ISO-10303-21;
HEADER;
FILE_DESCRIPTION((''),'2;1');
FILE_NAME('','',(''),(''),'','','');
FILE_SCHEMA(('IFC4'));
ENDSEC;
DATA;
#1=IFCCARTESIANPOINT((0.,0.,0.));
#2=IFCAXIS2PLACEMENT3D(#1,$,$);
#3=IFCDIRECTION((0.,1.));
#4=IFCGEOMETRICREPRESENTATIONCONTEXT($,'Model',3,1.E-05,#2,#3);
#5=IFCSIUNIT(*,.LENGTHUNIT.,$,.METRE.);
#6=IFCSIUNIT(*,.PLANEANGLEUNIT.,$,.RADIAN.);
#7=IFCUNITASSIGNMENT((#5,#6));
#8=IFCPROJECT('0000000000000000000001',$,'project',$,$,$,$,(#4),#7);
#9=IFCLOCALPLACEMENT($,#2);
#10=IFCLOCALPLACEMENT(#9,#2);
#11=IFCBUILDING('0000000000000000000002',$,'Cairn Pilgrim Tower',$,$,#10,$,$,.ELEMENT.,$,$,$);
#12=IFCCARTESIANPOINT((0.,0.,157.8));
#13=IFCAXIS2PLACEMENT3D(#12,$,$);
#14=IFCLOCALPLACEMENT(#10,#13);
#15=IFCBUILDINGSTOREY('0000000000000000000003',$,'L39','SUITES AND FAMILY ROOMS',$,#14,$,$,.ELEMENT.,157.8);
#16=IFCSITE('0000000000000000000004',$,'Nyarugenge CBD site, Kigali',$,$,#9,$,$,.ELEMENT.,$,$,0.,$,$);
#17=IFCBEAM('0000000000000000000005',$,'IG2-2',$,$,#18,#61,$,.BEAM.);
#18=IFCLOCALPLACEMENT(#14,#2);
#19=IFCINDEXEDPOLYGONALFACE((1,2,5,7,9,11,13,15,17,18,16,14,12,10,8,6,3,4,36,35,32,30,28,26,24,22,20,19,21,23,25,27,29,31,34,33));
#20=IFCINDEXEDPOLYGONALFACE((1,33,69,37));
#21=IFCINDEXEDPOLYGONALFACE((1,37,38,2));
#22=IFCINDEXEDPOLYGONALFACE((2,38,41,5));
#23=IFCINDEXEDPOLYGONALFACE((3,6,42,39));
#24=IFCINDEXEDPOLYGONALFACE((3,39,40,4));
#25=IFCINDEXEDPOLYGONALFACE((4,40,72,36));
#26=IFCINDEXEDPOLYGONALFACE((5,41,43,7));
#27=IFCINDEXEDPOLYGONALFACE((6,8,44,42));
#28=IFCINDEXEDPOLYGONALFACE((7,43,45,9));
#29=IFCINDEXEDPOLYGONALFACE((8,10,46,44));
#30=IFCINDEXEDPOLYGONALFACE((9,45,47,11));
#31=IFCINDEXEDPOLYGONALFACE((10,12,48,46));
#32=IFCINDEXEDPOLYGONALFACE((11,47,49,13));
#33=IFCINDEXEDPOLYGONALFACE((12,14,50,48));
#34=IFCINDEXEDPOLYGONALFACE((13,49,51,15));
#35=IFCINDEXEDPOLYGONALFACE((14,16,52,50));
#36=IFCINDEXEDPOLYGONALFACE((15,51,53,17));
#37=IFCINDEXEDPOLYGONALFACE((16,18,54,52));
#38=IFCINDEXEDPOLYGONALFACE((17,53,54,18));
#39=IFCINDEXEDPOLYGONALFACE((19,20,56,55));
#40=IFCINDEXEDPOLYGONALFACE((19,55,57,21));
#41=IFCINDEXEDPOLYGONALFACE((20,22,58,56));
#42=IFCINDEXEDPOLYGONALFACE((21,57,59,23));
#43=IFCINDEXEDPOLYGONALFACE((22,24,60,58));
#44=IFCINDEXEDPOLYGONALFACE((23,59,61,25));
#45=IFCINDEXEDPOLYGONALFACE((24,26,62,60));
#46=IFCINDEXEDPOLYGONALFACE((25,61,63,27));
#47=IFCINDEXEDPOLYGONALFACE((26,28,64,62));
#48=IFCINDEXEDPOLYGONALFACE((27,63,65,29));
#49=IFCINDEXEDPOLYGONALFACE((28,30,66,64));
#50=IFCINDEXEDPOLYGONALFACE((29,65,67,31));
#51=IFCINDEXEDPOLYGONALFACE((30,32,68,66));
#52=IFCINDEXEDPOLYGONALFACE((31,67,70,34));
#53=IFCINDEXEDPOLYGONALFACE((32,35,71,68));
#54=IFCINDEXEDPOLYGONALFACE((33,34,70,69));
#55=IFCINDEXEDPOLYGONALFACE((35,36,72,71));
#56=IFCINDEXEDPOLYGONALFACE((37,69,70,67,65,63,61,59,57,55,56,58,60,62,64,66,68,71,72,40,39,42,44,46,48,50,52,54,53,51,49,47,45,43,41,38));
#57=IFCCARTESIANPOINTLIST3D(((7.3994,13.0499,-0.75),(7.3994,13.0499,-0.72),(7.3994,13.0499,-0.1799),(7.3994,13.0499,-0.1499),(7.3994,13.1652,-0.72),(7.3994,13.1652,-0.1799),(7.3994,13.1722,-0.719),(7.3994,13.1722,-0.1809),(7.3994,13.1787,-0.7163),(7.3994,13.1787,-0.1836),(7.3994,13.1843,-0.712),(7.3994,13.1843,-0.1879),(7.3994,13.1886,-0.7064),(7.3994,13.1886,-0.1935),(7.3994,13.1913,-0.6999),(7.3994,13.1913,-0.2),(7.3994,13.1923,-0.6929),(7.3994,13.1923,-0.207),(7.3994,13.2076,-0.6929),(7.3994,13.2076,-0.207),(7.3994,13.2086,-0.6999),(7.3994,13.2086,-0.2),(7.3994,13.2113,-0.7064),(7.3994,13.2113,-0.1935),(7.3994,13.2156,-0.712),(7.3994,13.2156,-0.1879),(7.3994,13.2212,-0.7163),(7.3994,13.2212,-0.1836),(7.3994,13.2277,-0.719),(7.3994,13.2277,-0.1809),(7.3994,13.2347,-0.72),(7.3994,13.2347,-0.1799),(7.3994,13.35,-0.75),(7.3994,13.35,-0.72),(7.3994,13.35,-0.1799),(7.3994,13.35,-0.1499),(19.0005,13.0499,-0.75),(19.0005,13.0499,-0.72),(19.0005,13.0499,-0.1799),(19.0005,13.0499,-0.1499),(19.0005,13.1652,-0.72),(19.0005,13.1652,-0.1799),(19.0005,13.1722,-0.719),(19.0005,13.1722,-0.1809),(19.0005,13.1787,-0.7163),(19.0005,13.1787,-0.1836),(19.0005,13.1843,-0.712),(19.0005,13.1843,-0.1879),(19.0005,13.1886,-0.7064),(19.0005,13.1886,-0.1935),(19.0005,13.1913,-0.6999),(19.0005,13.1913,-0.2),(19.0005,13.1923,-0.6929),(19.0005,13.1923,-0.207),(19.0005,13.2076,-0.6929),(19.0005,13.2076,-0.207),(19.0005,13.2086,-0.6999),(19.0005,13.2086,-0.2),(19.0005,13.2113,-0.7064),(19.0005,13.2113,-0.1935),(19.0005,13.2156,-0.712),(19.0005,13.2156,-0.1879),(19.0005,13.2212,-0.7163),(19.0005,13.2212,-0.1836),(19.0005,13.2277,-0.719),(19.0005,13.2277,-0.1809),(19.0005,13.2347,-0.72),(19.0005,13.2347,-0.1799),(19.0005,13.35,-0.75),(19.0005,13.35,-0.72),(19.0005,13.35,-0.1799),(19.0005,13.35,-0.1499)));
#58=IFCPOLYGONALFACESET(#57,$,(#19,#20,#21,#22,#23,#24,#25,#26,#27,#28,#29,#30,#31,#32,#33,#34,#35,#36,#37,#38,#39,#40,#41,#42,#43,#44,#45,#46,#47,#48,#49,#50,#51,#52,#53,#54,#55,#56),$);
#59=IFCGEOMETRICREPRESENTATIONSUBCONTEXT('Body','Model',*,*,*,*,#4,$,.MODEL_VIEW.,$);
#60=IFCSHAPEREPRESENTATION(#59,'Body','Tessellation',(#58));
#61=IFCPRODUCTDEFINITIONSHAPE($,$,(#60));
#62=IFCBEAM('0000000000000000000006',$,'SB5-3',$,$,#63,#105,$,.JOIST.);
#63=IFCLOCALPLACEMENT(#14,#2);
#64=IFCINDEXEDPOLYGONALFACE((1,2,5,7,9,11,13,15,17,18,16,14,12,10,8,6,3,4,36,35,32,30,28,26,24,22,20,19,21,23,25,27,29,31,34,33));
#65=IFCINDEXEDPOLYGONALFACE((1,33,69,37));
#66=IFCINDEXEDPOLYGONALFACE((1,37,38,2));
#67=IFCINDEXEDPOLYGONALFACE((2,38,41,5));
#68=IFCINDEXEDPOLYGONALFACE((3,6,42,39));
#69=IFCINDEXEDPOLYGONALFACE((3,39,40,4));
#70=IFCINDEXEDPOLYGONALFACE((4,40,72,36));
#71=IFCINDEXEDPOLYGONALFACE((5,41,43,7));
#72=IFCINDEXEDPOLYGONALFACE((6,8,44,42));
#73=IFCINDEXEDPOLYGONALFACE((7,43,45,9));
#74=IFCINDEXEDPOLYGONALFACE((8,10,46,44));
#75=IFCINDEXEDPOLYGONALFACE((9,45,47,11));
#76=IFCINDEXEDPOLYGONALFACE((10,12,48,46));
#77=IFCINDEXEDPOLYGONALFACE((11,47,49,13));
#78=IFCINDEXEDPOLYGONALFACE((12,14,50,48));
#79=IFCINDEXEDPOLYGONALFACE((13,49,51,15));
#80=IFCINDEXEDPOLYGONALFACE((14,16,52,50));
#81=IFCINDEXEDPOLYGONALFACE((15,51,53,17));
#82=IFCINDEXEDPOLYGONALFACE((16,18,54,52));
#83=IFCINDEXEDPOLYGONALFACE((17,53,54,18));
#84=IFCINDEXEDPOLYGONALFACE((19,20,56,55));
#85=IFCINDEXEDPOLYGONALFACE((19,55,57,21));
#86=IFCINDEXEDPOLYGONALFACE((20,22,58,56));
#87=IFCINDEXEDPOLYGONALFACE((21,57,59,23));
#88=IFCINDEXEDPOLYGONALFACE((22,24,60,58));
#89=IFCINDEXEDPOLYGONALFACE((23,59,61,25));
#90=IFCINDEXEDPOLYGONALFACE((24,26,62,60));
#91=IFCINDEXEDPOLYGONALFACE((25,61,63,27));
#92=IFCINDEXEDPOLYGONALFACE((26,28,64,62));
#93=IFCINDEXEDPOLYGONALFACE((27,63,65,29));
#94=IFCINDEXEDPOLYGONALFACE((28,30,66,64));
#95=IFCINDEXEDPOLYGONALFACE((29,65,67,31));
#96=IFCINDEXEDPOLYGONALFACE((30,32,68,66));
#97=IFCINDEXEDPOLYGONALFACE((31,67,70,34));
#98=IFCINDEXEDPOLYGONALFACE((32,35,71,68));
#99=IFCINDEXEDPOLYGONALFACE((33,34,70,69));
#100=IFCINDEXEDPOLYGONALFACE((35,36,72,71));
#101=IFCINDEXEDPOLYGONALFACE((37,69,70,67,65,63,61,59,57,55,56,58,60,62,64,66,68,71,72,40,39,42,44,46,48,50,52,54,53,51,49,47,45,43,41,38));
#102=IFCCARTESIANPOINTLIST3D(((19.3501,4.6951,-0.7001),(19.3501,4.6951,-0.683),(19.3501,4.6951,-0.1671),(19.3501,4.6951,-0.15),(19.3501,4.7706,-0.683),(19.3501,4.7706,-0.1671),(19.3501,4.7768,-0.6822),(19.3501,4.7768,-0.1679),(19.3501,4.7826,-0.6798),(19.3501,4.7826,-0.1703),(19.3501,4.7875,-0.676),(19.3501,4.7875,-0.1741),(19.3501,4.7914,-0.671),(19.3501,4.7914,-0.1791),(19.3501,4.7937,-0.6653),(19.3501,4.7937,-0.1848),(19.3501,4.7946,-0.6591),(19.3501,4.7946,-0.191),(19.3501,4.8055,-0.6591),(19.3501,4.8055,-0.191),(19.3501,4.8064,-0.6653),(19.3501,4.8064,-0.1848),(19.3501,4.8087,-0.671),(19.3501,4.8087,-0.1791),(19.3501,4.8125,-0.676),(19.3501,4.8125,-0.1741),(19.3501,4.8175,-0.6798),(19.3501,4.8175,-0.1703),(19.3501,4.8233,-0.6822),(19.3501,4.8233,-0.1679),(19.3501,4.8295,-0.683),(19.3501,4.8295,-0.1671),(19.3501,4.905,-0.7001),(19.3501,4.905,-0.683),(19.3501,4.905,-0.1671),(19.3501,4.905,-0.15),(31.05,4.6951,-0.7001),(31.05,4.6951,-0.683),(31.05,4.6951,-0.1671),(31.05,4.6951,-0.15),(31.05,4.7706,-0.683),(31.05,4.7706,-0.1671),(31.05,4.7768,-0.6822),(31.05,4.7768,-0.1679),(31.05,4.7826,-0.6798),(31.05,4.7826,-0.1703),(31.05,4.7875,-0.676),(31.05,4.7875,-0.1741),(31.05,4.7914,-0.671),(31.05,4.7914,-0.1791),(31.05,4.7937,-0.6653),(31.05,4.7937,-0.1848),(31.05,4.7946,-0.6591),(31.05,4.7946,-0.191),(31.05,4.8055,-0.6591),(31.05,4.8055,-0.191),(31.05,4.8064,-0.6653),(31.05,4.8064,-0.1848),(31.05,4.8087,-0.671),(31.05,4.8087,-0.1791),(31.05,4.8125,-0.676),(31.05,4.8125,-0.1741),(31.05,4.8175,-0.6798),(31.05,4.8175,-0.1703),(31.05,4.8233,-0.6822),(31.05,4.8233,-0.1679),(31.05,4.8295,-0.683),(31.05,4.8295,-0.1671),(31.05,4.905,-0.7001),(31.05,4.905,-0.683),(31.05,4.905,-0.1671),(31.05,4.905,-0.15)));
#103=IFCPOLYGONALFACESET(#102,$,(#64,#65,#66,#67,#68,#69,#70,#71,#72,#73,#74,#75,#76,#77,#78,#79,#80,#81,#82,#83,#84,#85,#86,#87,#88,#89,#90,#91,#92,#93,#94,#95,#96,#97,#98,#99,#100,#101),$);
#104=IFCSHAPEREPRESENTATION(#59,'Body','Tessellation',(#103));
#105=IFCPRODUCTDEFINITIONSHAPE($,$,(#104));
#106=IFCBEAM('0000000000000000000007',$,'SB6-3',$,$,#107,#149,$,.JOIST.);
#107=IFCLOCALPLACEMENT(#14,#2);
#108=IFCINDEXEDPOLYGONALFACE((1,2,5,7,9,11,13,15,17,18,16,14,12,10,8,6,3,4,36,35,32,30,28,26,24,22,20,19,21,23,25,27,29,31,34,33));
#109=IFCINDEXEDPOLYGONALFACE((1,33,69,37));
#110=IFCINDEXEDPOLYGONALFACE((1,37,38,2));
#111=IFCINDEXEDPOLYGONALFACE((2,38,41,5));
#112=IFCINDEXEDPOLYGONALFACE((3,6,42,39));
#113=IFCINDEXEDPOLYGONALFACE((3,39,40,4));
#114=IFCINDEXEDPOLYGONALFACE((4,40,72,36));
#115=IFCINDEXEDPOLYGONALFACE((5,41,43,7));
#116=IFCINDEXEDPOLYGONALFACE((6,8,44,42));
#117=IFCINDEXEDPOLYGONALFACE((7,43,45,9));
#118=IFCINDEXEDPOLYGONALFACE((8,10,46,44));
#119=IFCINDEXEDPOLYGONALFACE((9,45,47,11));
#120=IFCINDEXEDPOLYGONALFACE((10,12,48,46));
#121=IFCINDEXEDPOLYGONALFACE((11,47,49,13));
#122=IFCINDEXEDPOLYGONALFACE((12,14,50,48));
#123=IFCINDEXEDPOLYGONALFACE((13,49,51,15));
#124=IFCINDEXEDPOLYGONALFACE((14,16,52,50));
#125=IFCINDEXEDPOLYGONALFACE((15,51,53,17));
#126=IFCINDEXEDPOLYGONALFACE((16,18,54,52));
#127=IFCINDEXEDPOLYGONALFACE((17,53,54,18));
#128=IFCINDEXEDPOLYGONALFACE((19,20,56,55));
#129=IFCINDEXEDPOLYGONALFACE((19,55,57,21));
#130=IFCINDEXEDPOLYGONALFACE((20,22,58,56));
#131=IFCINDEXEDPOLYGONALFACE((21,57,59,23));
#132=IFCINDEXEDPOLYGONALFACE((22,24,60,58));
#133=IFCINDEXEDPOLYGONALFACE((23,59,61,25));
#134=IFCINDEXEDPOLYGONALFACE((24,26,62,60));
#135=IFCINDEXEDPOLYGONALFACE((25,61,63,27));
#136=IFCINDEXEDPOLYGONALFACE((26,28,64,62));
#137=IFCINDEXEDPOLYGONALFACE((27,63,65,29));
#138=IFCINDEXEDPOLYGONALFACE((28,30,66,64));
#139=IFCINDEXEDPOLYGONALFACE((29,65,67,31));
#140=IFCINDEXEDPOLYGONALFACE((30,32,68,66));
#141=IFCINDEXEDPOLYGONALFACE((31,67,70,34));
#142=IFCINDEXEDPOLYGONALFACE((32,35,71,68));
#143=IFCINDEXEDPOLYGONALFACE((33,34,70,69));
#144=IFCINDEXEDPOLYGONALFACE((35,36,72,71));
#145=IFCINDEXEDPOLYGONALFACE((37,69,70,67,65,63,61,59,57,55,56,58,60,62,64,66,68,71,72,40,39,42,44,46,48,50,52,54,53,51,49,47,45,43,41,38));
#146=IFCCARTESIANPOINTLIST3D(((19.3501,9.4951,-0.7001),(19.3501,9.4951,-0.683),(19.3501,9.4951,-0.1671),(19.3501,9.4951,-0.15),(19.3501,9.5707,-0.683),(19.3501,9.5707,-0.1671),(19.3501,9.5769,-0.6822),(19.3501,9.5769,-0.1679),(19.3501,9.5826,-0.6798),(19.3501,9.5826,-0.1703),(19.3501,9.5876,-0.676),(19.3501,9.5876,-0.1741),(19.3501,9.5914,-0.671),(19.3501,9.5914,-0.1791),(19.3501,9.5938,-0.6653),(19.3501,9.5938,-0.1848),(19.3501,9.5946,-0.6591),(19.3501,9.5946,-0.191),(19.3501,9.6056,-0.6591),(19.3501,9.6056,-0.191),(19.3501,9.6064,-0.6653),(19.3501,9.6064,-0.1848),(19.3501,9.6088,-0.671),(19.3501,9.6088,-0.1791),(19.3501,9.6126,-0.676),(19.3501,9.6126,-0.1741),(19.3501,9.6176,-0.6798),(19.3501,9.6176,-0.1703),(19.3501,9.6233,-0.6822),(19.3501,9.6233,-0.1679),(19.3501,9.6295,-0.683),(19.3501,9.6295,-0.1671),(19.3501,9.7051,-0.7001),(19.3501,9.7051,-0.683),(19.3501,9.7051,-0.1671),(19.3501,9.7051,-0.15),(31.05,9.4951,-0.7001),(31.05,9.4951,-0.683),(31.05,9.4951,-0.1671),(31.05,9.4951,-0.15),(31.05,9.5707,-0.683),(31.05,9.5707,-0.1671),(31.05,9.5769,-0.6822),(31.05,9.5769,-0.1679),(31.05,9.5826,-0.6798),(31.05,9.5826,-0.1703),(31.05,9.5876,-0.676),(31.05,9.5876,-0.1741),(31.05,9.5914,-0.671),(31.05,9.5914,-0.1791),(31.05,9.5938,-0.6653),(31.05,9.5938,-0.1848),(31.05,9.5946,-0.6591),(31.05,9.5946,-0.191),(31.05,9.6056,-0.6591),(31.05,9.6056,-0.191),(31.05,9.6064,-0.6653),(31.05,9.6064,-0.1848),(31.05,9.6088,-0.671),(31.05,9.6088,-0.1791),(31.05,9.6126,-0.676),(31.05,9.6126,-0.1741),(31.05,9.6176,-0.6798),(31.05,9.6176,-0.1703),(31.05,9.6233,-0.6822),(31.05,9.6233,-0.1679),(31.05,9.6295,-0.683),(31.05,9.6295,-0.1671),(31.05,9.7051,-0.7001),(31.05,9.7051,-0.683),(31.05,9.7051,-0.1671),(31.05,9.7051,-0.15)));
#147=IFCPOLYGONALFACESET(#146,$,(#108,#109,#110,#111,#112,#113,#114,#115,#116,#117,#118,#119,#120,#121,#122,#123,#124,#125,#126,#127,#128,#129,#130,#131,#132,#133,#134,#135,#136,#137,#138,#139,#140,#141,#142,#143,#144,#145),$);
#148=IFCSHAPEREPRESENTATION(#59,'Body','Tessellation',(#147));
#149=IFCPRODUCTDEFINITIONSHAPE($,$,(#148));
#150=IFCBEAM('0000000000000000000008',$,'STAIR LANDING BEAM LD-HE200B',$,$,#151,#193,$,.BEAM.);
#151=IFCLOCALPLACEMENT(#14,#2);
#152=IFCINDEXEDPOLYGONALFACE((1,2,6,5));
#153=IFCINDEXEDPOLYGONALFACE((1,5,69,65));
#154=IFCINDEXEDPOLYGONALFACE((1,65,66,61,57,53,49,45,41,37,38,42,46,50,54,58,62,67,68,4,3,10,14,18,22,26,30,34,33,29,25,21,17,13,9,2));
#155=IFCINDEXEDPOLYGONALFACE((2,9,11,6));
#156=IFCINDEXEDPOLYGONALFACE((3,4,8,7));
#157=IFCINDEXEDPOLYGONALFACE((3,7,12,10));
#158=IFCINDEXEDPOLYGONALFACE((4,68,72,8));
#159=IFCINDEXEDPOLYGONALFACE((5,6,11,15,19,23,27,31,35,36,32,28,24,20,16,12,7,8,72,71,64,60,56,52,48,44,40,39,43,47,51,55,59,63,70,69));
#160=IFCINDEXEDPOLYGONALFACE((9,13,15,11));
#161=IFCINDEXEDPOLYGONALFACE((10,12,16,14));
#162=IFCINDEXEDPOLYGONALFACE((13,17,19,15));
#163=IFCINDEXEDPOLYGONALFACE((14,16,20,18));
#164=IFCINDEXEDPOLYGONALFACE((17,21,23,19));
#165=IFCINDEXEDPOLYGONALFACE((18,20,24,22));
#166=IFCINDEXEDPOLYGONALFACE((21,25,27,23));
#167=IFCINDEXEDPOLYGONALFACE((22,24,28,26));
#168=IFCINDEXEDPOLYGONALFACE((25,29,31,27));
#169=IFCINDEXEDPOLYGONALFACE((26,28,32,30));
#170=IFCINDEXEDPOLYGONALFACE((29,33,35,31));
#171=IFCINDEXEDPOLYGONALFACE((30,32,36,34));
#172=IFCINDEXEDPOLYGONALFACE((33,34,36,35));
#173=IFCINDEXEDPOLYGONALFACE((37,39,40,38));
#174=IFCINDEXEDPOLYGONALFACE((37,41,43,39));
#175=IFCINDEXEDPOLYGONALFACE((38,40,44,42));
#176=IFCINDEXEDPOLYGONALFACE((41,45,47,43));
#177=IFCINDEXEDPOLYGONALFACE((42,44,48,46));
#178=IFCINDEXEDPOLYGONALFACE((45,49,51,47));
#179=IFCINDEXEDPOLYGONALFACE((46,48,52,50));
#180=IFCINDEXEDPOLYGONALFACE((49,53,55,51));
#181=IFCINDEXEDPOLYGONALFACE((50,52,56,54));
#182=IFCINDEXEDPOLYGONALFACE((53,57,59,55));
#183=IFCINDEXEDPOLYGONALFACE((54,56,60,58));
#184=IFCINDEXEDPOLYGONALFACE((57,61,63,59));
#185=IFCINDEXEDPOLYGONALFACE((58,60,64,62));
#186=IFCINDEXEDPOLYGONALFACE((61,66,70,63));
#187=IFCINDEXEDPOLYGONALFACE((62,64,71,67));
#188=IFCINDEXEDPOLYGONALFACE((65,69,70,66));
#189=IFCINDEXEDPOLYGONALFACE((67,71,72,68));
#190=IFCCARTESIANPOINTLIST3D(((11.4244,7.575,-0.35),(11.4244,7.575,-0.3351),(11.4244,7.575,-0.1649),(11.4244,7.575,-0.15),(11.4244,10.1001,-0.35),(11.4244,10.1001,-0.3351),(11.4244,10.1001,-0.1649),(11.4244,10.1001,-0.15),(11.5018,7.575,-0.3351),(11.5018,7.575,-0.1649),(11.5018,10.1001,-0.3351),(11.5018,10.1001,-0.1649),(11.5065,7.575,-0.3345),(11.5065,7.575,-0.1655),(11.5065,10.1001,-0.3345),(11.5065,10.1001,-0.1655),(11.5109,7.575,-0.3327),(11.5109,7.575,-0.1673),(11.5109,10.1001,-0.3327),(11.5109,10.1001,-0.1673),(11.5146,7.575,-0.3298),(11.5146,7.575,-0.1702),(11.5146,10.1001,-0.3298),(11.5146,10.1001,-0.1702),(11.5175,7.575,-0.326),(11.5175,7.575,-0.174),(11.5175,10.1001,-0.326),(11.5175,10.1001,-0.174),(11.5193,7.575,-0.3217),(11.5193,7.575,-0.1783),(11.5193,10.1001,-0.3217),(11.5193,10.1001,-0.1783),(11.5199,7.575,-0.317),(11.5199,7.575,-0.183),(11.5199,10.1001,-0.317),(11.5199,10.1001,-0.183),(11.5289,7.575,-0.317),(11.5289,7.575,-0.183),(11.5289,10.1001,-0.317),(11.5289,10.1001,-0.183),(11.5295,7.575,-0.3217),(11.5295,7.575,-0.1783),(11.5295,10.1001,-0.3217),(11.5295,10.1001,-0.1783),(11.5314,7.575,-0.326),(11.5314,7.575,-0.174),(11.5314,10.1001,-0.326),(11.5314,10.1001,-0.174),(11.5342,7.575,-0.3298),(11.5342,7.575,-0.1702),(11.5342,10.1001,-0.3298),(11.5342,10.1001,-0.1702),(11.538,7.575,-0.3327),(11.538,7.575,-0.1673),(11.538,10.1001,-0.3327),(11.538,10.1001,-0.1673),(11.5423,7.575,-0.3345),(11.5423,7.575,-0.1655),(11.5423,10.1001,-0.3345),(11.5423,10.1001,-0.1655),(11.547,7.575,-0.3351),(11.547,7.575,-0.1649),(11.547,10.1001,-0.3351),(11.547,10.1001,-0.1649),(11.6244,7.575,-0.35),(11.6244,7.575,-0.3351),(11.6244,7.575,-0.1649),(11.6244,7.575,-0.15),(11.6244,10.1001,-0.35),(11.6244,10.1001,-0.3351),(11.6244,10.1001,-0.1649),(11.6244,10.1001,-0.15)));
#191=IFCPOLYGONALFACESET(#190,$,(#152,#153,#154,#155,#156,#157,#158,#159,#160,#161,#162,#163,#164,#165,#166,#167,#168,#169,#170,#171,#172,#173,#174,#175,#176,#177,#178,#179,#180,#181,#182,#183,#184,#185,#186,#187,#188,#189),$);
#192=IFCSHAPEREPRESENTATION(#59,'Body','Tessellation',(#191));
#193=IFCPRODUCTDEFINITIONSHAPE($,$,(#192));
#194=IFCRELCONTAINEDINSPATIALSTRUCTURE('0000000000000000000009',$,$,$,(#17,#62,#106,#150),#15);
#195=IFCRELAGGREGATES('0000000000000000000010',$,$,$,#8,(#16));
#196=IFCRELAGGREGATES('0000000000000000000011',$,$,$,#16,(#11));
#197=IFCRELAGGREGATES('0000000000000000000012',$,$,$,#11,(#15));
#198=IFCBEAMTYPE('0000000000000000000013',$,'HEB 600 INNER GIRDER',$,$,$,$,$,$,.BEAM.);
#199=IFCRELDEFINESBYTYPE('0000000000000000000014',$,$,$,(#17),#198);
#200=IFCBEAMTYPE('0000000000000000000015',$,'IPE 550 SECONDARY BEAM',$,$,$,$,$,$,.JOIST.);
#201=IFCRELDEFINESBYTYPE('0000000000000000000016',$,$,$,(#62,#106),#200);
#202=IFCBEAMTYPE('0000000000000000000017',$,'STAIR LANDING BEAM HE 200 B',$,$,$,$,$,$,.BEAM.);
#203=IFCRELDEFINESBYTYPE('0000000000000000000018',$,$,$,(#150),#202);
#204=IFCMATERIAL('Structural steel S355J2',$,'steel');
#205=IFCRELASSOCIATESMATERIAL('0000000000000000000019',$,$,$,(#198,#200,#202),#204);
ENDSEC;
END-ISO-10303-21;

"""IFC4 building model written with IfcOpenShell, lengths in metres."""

from ifc_helpers import new_model, si_unit, direction, frame, origin, origin_2d, place, context, subcontext, project, spatial, i_section, extrude, material, material_profile, profile_set, type_object, element, save


model = new_model("IFC4")

# Units and contexts
model_context = context("Model", 3, precision=1e-05, world=origin(), true_north=direction((0.0, 1.0)))
body_context = subcontext(model_context, "Body", "Model", "MODEL_VIEW")
ifc_project = project(units=[si_unit("LENGTHUNIT", "METRE"), si_unit("PLANEANGLEUNIT", "RADIAN")], contexts=[model_context])

# Site, building, storey
site_placement = place(None, origin())
site = spatial("IfcSite", under=ifc_project, at=site_placement, Name="Nyarugenge CBD site, Kigali", CompositionType="ELEMENT", RefElevation=0.0)
building_placement = place(site_placement, origin())
building = spatial("IfcBuilding", under=site, at=building_placement, Name="Cairn Pilgrim Tower", CompositionType="ELEMENT")
storey_placement = place(building_placement, frame((0.0, 0.0, 157.8)))
storey = spatial("IfcBuildingStorey", under=building, at=storey_placement, Name="L39", Description="SUITES AND FAMILY ROOMS", CompositionType="ELEMENT", Elevation=157.8)

# Shared definitions
ifc_material_1 = material(Name="Structural steel S355J2", Category="steel")

# Beams
ifc_material_profile_1 = material_profile(ifc_material_1, i_section(OverallWidth=0.3, OverallDepth=0.6001, WebThickness=0.0154, FlangeThickness=0.03, FilletRadius=0.0271, at=origin_2d()), Name="HEB 600")
ifc_profile_set_1 = profile_set([ifc_material_profile_1], Name="Structural steel S355J2")
beam_type_1 = type_object("IfcBeamType", Name="HEB 600 INNER GIRDER", PredefinedType="BEAM", material=ifc_profile_set_1)
beam_1_placement = place(storey_placement, frame((7.3994, 13.2, -0.45), z_axis=(1.0, 0.0, 0.0), x_axis=(0.0, 1.0, 0.0)))
element("IfcBeam", 1, at=beam_1_placement, inside=storey, type_object=beam_type_1, Name="IG2-2", PredefinedType="BEAM", context=body_context, shape_type="SweptSolid", body=[
    extrude(i_section(OverallWidth=0.3, OverallDepth=0.6001, WebThickness=0.0154, FlangeThickness=0.03, FilletRadius=0.0271, at=origin_2d()), origin(), (0.0, 0.0, 1.0), 11.6011),
])
ifc_material_profile_2 = material_profile(ifc_material_1, i_section(OverallWidth=0.21, OverallDepth=0.55, WebThickness=0.011, FlangeThickness=0.0171, FilletRadius=0.0239, at=origin_2d()), Name="IPE 550")
ifc_profile_set_2 = profile_set([ifc_material_profile_2], Name="Structural steel S355J2")
beam_type_2 = type_object("IfcBeamType", Name="IPE 550 SECONDARY BEAM", PredefinedType="JOIST", material=ifc_profile_set_2)
for number, where, z_axis, x_axis, name in (
    (2, (19.3501, 4.8, -0.425), (1.0, 0.0, 0.0), (0.0, 1.0, 0.0), "SB5-3"),
    (3, (19.3501, 9.6001, -0.425), (1.0, 0.0, 0.0), (0.0, 1.0, 0.0), "SB6-3"),
):
    element("IfcBeam", number, at=place(storey_placement, frame(where, z_axis=z_axis, x_axis=x_axis)), inside=storey, type_object=beam_type_2, Name=name, PredefinedType="JOIST", context=body_context, shape_type="SweptSolid", body=[
        extrude(i_section(OverallWidth=0.21, OverallDepth=0.55, WebThickness=0.011, FlangeThickness=0.0171, FilletRadius=0.0239, at=origin_2d()), origin(), (0.0, 0.0, 1.0), 11.7),
    ])
ifc_material_profile_3 = material_profile(ifc_material_1, i_section(OverallWidth=0.2, OverallDepth=0.2, WebThickness=0.009, FlangeThickness=0.0149, FilletRadius=0.0181, at=origin_2d()), Name="HE 200 B")
ifc_profile_set_3 = profile_set([ifc_material_profile_3], Name="Structural steel S355J2")
beam_type_3 = type_object("IfcBeamType", Name="STAIR LANDING BEAM HE 200 B", PredefinedType="BEAM", material=ifc_profile_set_3)
beam_2_placement = place(storey_placement, frame((11.5244, 10.1001, -0.25), z_axis=(0.0, -1.0, 0.0), x_axis=(1.0, 0.0, 0.0)))
element("IfcBeam", 4, at=beam_2_placement, inside=storey, type_object=beam_type_3, Name="STAIR LANDING BEAM LD-HE200B", PredefinedType="BEAM", context=body_context, shape_type="SweptSolid", body=[
    extrude(i_section(OverallWidth=0.2, OverallDepth=0.2, WebThickness=0.009, FlangeThickness=0.0149, FilletRadius=0.0181, at=origin_2d()), origin(), (0.0, 0.0, 1.0), 2.5251),
])

save(model, "model.ifc")
